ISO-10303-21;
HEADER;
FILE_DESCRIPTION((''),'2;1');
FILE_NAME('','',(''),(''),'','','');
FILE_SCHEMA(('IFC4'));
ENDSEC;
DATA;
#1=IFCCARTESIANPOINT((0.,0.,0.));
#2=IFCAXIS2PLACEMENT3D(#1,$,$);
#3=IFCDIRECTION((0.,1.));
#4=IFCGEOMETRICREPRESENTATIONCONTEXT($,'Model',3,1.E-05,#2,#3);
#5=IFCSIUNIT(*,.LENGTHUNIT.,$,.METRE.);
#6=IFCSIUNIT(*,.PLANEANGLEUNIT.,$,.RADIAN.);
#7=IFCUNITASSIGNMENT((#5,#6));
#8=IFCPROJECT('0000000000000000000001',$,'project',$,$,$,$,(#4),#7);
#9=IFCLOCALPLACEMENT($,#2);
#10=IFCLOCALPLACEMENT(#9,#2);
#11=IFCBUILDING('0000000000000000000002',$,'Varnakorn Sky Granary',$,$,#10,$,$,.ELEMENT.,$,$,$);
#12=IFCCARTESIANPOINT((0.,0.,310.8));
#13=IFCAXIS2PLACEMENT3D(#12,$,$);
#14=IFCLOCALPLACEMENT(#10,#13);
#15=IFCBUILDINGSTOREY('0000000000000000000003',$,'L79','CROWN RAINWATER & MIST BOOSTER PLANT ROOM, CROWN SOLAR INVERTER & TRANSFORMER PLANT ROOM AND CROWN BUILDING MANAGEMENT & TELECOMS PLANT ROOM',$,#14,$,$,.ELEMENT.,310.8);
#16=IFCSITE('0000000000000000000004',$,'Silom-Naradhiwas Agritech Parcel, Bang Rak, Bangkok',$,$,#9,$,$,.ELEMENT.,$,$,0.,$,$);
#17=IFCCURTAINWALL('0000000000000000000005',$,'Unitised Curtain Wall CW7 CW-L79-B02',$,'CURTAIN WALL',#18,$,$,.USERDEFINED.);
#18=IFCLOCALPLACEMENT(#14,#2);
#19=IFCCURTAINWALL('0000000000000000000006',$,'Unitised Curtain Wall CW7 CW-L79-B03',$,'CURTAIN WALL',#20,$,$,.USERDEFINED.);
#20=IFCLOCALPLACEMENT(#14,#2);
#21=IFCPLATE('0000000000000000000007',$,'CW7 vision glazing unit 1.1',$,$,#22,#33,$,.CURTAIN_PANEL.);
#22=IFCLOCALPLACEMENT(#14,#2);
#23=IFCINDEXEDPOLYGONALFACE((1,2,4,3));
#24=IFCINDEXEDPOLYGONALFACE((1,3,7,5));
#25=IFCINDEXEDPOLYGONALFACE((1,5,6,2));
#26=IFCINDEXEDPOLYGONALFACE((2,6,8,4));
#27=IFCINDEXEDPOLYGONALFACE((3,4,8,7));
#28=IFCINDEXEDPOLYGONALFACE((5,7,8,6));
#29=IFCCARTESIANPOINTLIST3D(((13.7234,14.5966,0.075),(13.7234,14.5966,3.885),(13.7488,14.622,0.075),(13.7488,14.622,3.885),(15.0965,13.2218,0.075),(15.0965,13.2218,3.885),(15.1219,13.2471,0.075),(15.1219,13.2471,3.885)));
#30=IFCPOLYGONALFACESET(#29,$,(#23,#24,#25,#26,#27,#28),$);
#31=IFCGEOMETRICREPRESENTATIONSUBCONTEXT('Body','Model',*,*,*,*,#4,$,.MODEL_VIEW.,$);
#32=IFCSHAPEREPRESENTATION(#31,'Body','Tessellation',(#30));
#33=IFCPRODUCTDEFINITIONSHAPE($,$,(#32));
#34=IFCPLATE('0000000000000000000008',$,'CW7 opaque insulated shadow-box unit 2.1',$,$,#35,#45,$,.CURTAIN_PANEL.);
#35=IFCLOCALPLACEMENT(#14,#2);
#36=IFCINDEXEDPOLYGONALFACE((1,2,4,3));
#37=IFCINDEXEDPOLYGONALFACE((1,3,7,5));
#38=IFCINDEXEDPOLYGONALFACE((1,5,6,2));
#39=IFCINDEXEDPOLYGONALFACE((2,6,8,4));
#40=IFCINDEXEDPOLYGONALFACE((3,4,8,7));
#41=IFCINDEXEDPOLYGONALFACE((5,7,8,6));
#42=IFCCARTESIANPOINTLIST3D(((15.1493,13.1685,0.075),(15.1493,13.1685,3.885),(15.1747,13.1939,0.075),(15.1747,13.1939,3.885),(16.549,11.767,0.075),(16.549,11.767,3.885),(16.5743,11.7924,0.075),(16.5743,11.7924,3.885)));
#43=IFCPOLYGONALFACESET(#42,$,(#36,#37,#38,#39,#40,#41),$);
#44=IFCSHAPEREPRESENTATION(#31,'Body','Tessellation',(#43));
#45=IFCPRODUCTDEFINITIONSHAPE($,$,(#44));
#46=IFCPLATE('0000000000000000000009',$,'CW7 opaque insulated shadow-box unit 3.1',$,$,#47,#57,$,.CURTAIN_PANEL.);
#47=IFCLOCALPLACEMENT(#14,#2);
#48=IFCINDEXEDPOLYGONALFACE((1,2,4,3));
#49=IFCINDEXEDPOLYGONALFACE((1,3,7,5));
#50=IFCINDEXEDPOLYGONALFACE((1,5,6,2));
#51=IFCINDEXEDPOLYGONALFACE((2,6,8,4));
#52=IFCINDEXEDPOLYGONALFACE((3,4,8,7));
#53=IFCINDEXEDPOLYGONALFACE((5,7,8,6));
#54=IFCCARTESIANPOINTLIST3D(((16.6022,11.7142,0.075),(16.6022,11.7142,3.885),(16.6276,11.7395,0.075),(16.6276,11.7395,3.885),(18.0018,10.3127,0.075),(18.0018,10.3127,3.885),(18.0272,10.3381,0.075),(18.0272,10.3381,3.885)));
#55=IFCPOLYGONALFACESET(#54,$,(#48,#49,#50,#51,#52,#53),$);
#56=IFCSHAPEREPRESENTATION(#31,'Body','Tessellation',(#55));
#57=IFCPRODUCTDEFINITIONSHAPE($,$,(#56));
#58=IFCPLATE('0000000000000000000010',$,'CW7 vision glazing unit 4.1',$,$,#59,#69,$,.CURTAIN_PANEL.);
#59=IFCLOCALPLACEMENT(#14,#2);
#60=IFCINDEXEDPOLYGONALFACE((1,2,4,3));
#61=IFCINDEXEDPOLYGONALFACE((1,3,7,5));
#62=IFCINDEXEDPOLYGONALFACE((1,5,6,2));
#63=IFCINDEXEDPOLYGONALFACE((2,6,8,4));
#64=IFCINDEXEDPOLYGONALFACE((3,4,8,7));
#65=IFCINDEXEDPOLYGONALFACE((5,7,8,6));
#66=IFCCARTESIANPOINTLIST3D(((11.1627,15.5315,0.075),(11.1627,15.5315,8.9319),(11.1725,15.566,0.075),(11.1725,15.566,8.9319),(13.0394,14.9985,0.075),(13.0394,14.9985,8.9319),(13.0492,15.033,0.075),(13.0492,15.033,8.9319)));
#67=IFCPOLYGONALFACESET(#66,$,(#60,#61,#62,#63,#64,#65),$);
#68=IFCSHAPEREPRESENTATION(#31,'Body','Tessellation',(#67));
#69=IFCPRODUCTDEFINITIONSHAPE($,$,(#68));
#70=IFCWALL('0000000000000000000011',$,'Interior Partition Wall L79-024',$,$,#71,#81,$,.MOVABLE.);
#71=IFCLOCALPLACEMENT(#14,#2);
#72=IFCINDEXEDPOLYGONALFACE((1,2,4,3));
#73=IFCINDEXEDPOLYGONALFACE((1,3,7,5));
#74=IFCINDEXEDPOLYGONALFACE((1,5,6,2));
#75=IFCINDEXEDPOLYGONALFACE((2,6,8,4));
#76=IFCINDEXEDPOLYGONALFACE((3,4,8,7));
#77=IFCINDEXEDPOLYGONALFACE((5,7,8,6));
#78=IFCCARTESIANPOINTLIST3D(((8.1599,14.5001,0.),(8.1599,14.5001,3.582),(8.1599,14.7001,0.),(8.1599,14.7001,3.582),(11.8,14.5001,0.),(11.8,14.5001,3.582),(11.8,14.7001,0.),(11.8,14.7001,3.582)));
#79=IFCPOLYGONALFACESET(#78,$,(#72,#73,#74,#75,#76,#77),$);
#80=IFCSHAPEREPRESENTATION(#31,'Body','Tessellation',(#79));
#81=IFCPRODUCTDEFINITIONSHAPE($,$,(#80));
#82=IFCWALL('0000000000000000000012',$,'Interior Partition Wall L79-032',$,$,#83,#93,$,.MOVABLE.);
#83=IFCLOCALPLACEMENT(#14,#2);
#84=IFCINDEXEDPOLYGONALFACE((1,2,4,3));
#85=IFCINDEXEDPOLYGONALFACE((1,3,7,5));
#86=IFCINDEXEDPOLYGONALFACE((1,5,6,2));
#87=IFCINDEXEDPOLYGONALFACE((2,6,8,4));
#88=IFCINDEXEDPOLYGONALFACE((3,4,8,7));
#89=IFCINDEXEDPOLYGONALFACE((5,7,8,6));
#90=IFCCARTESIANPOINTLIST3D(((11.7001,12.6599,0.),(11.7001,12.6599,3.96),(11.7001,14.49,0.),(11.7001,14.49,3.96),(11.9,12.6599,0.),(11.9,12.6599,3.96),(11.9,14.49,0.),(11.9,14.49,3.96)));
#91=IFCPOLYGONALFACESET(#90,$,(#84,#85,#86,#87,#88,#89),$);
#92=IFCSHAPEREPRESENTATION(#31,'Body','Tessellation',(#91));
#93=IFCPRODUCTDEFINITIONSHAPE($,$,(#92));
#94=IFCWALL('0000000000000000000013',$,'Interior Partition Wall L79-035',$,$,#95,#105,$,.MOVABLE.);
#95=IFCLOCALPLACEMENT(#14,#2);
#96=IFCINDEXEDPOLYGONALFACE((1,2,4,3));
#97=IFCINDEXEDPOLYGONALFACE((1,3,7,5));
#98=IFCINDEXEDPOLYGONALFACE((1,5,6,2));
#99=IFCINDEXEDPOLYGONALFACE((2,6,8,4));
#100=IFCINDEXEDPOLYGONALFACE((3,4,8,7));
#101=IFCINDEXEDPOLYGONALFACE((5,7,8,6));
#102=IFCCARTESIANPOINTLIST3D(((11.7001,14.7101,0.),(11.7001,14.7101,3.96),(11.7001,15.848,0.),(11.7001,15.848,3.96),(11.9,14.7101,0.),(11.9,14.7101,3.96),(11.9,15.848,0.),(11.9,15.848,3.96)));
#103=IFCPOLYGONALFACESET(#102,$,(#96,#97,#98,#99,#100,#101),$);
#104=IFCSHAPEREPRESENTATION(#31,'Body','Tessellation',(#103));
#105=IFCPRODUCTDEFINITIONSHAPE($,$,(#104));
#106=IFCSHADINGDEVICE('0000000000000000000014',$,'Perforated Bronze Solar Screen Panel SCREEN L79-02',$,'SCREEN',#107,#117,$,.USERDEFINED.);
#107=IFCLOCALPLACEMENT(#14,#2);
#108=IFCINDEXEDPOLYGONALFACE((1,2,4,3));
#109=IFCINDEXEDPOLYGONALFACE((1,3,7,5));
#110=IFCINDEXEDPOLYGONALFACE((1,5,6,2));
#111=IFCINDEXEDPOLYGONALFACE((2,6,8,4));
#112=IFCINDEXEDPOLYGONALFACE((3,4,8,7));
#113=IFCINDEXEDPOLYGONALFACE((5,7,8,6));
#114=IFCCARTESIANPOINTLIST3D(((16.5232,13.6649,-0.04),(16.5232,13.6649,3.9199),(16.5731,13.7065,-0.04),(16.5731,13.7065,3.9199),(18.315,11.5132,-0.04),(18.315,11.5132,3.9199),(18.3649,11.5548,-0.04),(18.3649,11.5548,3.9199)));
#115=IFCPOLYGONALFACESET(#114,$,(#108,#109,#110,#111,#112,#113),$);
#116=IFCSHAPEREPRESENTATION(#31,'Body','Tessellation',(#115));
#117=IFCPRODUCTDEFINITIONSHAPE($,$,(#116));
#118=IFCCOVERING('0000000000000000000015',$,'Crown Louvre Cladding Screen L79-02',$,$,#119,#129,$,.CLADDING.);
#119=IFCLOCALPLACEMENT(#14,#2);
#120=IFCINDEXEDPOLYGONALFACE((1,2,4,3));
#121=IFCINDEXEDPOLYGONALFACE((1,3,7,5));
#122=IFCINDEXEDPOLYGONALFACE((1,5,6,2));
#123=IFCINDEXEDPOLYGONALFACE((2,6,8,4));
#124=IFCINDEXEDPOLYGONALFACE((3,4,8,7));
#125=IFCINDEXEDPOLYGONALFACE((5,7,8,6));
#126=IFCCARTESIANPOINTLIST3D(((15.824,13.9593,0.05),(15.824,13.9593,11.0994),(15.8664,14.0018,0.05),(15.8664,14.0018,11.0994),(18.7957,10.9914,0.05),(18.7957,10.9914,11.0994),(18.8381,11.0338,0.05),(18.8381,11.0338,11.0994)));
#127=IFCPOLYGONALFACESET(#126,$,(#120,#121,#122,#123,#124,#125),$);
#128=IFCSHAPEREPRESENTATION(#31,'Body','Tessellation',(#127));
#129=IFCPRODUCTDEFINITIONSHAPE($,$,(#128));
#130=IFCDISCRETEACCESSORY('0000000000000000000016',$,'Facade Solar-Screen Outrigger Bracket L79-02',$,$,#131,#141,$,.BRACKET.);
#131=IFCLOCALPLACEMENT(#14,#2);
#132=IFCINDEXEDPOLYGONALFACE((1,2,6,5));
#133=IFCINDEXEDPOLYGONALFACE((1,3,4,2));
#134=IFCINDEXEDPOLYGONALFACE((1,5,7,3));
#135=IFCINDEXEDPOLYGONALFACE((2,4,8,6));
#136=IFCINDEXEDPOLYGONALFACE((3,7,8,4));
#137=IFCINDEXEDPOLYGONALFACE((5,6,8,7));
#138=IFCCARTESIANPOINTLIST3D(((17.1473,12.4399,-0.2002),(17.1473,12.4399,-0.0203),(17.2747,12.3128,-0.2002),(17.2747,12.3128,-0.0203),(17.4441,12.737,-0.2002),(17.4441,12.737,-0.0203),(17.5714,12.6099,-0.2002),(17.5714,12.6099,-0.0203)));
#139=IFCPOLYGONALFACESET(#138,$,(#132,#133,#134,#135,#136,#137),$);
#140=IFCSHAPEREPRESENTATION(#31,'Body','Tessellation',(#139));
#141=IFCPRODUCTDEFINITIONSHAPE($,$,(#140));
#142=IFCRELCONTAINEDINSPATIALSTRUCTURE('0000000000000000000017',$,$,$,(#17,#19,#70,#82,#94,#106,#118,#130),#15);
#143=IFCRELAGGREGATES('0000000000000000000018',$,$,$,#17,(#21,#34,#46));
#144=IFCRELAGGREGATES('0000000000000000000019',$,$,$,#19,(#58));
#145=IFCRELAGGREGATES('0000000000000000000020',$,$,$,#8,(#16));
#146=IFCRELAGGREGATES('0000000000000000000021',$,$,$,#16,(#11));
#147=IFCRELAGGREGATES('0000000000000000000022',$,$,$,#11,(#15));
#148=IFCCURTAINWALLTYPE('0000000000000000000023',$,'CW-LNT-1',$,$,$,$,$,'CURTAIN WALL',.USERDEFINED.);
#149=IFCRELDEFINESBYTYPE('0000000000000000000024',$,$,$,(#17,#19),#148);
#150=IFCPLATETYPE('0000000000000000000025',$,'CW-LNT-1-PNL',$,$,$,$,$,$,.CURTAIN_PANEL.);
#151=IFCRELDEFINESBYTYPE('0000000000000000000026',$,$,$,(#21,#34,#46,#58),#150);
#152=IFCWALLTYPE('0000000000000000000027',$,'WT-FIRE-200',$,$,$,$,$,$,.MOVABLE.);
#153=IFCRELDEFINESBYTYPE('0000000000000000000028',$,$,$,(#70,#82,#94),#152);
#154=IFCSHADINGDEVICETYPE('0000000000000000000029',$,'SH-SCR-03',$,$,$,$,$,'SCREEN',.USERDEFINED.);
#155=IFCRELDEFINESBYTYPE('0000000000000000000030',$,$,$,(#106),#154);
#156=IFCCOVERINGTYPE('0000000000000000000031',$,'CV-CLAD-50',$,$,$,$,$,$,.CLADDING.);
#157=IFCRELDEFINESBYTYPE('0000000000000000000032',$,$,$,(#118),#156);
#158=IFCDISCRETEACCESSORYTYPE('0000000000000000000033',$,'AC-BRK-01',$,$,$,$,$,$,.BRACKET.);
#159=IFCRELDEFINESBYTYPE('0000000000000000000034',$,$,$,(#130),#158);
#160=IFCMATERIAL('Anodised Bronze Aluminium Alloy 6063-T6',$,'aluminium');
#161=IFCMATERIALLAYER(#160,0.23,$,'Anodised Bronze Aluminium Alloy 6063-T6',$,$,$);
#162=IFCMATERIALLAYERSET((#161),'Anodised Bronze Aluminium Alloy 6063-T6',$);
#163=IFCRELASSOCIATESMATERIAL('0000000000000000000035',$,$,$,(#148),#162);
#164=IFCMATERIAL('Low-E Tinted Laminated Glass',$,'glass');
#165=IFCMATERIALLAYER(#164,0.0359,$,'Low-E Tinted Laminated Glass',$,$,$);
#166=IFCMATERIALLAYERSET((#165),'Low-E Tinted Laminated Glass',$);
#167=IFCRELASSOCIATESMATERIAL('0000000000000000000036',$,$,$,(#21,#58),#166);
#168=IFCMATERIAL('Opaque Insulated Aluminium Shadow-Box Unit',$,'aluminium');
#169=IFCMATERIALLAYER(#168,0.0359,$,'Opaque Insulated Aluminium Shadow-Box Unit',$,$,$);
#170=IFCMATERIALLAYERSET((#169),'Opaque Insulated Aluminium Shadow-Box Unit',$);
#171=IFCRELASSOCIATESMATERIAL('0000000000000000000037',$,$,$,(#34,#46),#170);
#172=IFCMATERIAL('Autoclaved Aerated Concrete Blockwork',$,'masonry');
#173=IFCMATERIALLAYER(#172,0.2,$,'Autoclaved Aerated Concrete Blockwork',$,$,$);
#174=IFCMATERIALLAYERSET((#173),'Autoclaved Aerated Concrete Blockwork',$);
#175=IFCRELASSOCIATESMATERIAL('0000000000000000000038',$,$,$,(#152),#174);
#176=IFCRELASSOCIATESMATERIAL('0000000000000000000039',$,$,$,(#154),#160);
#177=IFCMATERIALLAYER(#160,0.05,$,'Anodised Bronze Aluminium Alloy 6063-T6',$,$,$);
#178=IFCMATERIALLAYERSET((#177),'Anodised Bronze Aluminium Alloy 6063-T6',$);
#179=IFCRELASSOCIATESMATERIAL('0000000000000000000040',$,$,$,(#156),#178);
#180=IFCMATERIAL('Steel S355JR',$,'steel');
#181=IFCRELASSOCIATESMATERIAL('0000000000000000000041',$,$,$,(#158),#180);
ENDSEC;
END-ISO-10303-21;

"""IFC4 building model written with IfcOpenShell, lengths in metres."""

from ifc_helpers import new_model, si_unit, direction, frame, frame_2d, origin, origin_2d, place, context, subcontext, project, spatial, rectangle, extrude, source, transform, mapped, material, layer, layer_set, type_object, type_shapes, element, aggregate, save


model = new_model("IFC4")

# Units and contexts
model_context = context("Model", 3, precision=1e-05, world=origin(), true_north=direction((0.0, 1.0)))
body_context = subcontext(model_context, "Body", "Model", "MODEL_VIEW")
ifc_project = project(units=[si_unit("LENGTHUNIT", "METRE"), si_unit("PLANEANGLEUNIT", "RADIAN")], contexts=[model_context])

# Site, building, storey
site_placement = place(None, origin())
site = spatial("IfcSite", under=ifc_project, at=site_placement, Name="Silom-Naradhiwas Agritech Parcel, Bang Rak, Bangkok", CompositionType="ELEMENT", RefElevation=0.0)
building_placement = place(site_placement, origin())
building = spatial("IfcBuilding", under=site, at=building_placement, Name="Varnakorn Sky Granary", CompositionType="ELEMENT")
storey_placement = place(building_placement, frame((0.0, 0.0, 310.8)))
storey = spatial("IfcBuildingStorey", under=building, at=storey_placement, Name="L79", Description="CROWN RAINWATER & MIST BOOSTER PLANT ROOM, CROWN SOLAR INVERTER & TRANSFORMER PLANT ROOM AND CROWN BUILDING MANAGEMENT & TELECOMS PLANT ROOM", CompositionType="ELEMENT", Elevation=310.8)

# Shared definitions
ifc_material_1 = material(Name="Steel S355JR", Category="steel")

# Curtain wall
ifc_material_2 = material(Name="Anodised Bronze Aluminium Alloy 6063-T6", Category="aluminium")
ifc_layer_1 = layer(ifc_material_2, 0.23, Name="Anodised Bronze Aluminium Alloy 6063-T6")
ifc_layer_set_1 = layer_set([ifc_layer_1], Name="Anodised Bronze Aluminium Alloy 6063-T6")
curtain_wall_type = type_object("IfcCurtainWallType", Name="CW-LNT-1", ElementType="CURTAIN WALL", PredefinedType="USERDEFINED", material=ifc_layer_set_1)
curtain_wall_1_placement = place(storey_placement, origin())
curtain_wall_1 = element("IfcCurtainWall", 1, at=curtain_wall_1_placement, inside=storey, type_object=curtain_wall_type, Name="Unitised Curtain Wall CW7 CW-L79-B02", ObjectType="CURTAIN WALL", PredefinedType="USERDEFINED")

# Curtain wall
curtain_wall_2_placement = place(storey_placement, origin())
curtain_wall_2 = element("IfcCurtainWall", 2, at=curtain_wall_2_placement, inside=storey, type_object=curtain_wall_type, Name="Unitised Curtain Wall CW7 CW-L79-B03", ObjectType="CURTAIN WALL", PredefinedType="USERDEFINED")

# Plates
ifc_material_3 = material(Name="Low-E Tinted Laminated Glass", Category="glass")
ifc_layer_2 = layer(ifc_material_3, 0.0359, Name="Low-E Tinted Laminated Glass")
ifc_layer_set_2 = layer_set([ifc_layer_2], Name="Low-E Tinted Laminated Glass")
plate_type = type_object("IfcPlateType", Name="CW-LNT-1-PNL", PredefinedType="CURTAIN_PANEL")
shared_shape_1 = source(origin(), body_context, "Body", "SweptSolid", [
    extrude(rectangle(XDim=1.9431, YDim=0.0359, at=origin_2d()), origin(), (0.0, 0.0, 1.0), 3.8101),
])
plate_1_placement = place(storey_placement, frame((14.4226, 13.9219, 0.075), z_axis=(0.0, 0.0, 1.0), x_axis=(0.706651, -0.707563, 0.0)))
plate_1 = element("IfcPlate", 3, at=plate_1_placement, type_object=plate_type, material=ifc_layer_set_2, Name="CW7 vision glazing unit 1.1", PredefinedType="CURTAIN_PANEL", context=body_context, shape_type="MappedRepresentation", body=[
    mapped(shared_shape_1, transform((0.0, 0.0, 0.0), x_axis=(1.0, 0.0, 0.0), y_axis=(0.0, 1.0, 0.0), z_axis=(0.0, 0.0, 1.0), scale=1.0)),
])
ifc_material_4 = material(Name="Opaque Insulated Aluminium Shadow-Box Unit", Category="aluminium")
ifc_layer_3 = layer(ifc_material_4, 0.0359, Name="Opaque Insulated Aluminium Shadow-Box Unit")
ifc_layer_set_3 = layer_set([ifc_layer_3], Name="Opaque Insulated Aluminium Shadow-Box Unit")
shared_shape_2 = source(origin(), body_context, "Body", "SweptSolid", [
    extrude(rectangle(XDim=1.9807, YDim=0.0359, at=origin_2d()), origin(), (0.0, 0.0, 1.0), 3.8101),
])
plate_2_placement = place(storey_placement, frame((15.8618, 12.4805, 0.075), z_axis=(0.0, 0.0, 1.0), x_axis=(0.706651, -0.707563, 0.0)))
plate_2 = element("IfcPlate", 4, at=plate_2_placement, type_object=plate_type, material=ifc_layer_set_3, Name="CW7 opaque insulated shadow-box unit 2.1", PredefinedType="CURTAIN_PANEL", context=body_context, shape_type="MappedRepresentation", body=[
    mapped(shared_shape_2, transform((0.0, 0.0, 0.0), x_axis=(1.0, 0.0, 0.0), y_axis=(0.0, 1.0, 0.0), z_axis=(0.0, 0.0, 1.0), scale=1.0)),
])
plate_3_placement = place(storey_placement, frame((17.3147, 11.0261, 0.075), z_axis=(0.0, 0.0, 1.0), x_axis=(0.706651, -0.707563, 0.0)))
plate_3 = element("IfcPlate", 5, at=plate_3_placement, type_object=plate_type, material=ifc_layer_set_3, Name="CW7 opaque insulated shadow-box unit 3.1", PredefinedType="CURTAIN_PANEL", context=body_context, shape_type="MappedRepresentation", body=[
    mapped(shared_shape_2, transform((0.0, 0.0, 0.0), x_axis=(1.0, 0.0, 0.0), y_axis=(0.0, 1.0, 0.0), z_axis=(0.0, 0.0, 1.0), scale=1.0)),
])
aggregate(curtain_wall_1, [plate_1, plate_2, plate_3])
shared_shape_3 = source(origin(), body_context, "Body", "SweptSolid", [
    extrude(rectangle(XDim=1.9509, YDim=0.0359, at=origin_2d()), origin(), (0.0, 0.0, 1.0), 8.8569),
])
type_shapes(plate_type, [shared_shape_1, shared_shape_2, shared_shape_3])
plate_4_placement = place(storey_placement, frame((12.106, 15.2822, 0.075), z_axis=(0.0, 0.0, 1.0), x_axis=(0.961955, -0.273207, 0.0)))
plate_4 = element("IfcPlate", 6, at=plate_4_placement, type_object=plate_type, material=ifc_layer_set_2, Name="CW7 vision glazing unit 4.1", PredefinedType="CURTAIN_PANEL", context=body_context, shape_type="MappedRepresentation", body=[
    mapped(shared_shape_3, transform((0.0, 0.0, 0.0), x_axis=(1.0, 0.0, 0.0), y_axis=(0.0, 1.0, 0.0), z_axis=(0.0, 0.0, 1.0), scale=1.0)),
])
aggregate(curtain_wall_2, [plate_4])

# Walls
ifc_material_5 = material(Name="Autoclaved Aerated Concrete Blockwork", Category="masonry")
ifc_layer_4 = layer(ifc_material_5, 0.2, Name="Autoclaved Aerated Concrete Blockwork")
ifc_layer_set_4 = layer_set([ifc_layer_4], Name="Autoclaved Aerated Concrete Blockwork")
wall_type = type_object("IfcWallType", Name="WT-FIRE-200", PredefinedType="MOVABLE", material=ifc_layer_set_4)
wall_1_placement = place(storey_placement, frame((11.8, 14.6001, 0.0), z_axis=(0.0, 0.0, 1.0), x_axis=(-1.0, 0.0, 0.0)))
element("IfcWall", 7, at=wall_1_placement, inside=storey, type_object=wall_type, Name="Interior Partition Wall L79-024", PredefinedType="MOVABLE", context=body_context, shape_type="SweptSolid", body=[
    extrude(rectangle(XDim=3.6401, YDim=0.2, at=frame_2d((1.8201, 0.0))), origin(), (0.0, 0.0, 1.0), 3.582),
])
wall_2_placement = place(storey_placement, frame((11.8, 12.6599, 0.0), z_axis=(0.0, 0.0, 1.0), x_axis=(0.0, 1.0, 0.0)))
element("IfcWall", 8, at=wall_2_placement, inside=storey, type_object=wall_type, Name="Interior Partition Wall L79-032", PredefinedType="MOVABLE", context=body_context, shape_type="SweptSolid", body=[
    extrude(rectangle(XDim=1.8301, YDim=0.2, at=frame_2d((0.915, 0.0))), origin(), (0.0, 0.0, 1.0), 3.96),
])
wall_3_placement = place(storey_placement, frame((11.8, 15.8479, 0.0), z_axis=(0.0, 0.0, 1.0), x_axis=(0.0, -1.0, 0.0)))
element("IfcWall", 9, at=wall_3_placement, inside=storey, type_object=wall_type, Name="Interior Partition Wall L79-035", PredefinedType="MOVABLE", context=body_context, shape_type="SweptSolid", body=[
    extrude(rectangle(XDim=1.1379, YDim=0.2, at=frame_2d((0.5688, 0.0))), origin(), (0.0, 0.0, 1.0), 3.96),
])

# Shading device
shading_device_type = type_object("IfcShadingDeviceType", Name="SH-SCR-03", ElementType="SCREEN", PredefinedType="USERDEFINED", material=ifc_material_2)
shared_shape_4 = source(origin(), body_context, "Body", "SweptSolid", [
    extrude(rectangle(XDim=2.8, YDim=0.0649, at=origin_2d()), origin(), (0.0, 0.0, 1.0), 3.96),
])
type_shapes(shading_device_type, [shared_shape_4])
shading_device_placement = place(storey_placement, frame((17.4441, 12.6099, -0.04), z_axis=(0.0, 0.0, 1.0), x_axis=(-0.639918, 0.768443, 0.0)))
element("IfcShadingDevice", 10, at=shading_device_placement, inside=storey, type_object=shading_device_type, Name="Perforated Bronze Solar Screen Panel SCREEN L79-02", ObjectType="SCREEN", PredefinedType="USERDEFINED", context=body_context, shape_type="MappedRepresentation", body=[
    mapped(shared_shape_4, transform((0.0, 0.0, 0.0), x_axis=(1.0, 0.0, 0.0), y_axis=(0.0, 1.0, 0.0), z_axis=(0.0, 0.0, 1.0), scale=1.0)),
])

# Covering
ifc_layer_5 = layer(ifc_material_2, 0.05, Name="Anodised Bronze Aluminium Alloy 6063-T6")
ifc_layer_set_5 = layer_set([ifc_layer_5], Name="Anodised Bronze Aluminium Alloy 6063-T6")
covering_type = type_object("IfcCoveringType", Name="CV-CLAD-50", PredefinedType="CLADDING", material=ifc_layer_set_5)
shared_shape_5 = source(origin(), body_context, "Body", "SweptSolid", [
    extrude(rectangle(XDim=4.2, YDim=0.0601, at=origin_2d()), origin(), (0.0, 0.0, 1.0), 11.0493),
])
type_shapes(covering_type, [shared_shape_5])
covering_placement = place(storey_placement, frame((17.3311, 12.4966, 0.05), z_axis=(0.0, 0.0, 1.0), x_axis=(-0.707547, 0.706666, 0.0)))
element("IfcCovering", 11, at=covering_placement, inside=storey, type_object=covering_type, Name="Crown Louvre Cladding Screen L79-02", PredefinedType="CLADDING", context=body_context, shape_type="MappedRepresentation", body=[
    mapped(shared_shape_5, transform((0.0, 0.0, 0.0), x_axis=(1.0, 0.0, 0.0), y_axis=(0.0, 1.0, 0.0), z_axis=(0.0, 0.0, 1.0), scale=1.0)),
])

# Discrete accessory
discrete_accessory_type = type_object("IfcDiscreteAccessoryType", Name="AC-BRK-01", PredefinedType="BRACKET", material=ifc_material_1)
shared_shape_6 = source(origin(), body_context, "Body", "SweptSolid", [
    extrude(rectangle(XDim=0.1799, YDim=0.4199, at=origin_2d()), origin(), (0.0, 0.0, 1.0), 0.1799),
])
type_shapes(discrete_accessory_type, [shared_shape_6])
discrete_accessory_placement = place(storey_placement, frame((17.3594, 12.5249, -0.2002), z_axis=(0.0, 0.0, 1.0), x_axis=(-0.707547, 0.706666, 0.0)))
element("IfcDiscreteAccessory", 12, at=discrete_accessory_placement, inside=storey, type_object=discrete_accessory_type, Name="Facade Solar-Screen Outrigger Bracket L79-02", PredefinedType="BRACKET", context=body_context, shape_type="MappedRepresentation", body=[
    mapped(shared_shape_6, transform((0.0, 0.0, 0.0), x_axis=(1.0, 0.0, 0.0), y_axis=(0.0, 1.0, 0.0), z_axis=(0.0, 0.0, 1.0), scale=1.0)),
])

save(model, "model.ifc")
